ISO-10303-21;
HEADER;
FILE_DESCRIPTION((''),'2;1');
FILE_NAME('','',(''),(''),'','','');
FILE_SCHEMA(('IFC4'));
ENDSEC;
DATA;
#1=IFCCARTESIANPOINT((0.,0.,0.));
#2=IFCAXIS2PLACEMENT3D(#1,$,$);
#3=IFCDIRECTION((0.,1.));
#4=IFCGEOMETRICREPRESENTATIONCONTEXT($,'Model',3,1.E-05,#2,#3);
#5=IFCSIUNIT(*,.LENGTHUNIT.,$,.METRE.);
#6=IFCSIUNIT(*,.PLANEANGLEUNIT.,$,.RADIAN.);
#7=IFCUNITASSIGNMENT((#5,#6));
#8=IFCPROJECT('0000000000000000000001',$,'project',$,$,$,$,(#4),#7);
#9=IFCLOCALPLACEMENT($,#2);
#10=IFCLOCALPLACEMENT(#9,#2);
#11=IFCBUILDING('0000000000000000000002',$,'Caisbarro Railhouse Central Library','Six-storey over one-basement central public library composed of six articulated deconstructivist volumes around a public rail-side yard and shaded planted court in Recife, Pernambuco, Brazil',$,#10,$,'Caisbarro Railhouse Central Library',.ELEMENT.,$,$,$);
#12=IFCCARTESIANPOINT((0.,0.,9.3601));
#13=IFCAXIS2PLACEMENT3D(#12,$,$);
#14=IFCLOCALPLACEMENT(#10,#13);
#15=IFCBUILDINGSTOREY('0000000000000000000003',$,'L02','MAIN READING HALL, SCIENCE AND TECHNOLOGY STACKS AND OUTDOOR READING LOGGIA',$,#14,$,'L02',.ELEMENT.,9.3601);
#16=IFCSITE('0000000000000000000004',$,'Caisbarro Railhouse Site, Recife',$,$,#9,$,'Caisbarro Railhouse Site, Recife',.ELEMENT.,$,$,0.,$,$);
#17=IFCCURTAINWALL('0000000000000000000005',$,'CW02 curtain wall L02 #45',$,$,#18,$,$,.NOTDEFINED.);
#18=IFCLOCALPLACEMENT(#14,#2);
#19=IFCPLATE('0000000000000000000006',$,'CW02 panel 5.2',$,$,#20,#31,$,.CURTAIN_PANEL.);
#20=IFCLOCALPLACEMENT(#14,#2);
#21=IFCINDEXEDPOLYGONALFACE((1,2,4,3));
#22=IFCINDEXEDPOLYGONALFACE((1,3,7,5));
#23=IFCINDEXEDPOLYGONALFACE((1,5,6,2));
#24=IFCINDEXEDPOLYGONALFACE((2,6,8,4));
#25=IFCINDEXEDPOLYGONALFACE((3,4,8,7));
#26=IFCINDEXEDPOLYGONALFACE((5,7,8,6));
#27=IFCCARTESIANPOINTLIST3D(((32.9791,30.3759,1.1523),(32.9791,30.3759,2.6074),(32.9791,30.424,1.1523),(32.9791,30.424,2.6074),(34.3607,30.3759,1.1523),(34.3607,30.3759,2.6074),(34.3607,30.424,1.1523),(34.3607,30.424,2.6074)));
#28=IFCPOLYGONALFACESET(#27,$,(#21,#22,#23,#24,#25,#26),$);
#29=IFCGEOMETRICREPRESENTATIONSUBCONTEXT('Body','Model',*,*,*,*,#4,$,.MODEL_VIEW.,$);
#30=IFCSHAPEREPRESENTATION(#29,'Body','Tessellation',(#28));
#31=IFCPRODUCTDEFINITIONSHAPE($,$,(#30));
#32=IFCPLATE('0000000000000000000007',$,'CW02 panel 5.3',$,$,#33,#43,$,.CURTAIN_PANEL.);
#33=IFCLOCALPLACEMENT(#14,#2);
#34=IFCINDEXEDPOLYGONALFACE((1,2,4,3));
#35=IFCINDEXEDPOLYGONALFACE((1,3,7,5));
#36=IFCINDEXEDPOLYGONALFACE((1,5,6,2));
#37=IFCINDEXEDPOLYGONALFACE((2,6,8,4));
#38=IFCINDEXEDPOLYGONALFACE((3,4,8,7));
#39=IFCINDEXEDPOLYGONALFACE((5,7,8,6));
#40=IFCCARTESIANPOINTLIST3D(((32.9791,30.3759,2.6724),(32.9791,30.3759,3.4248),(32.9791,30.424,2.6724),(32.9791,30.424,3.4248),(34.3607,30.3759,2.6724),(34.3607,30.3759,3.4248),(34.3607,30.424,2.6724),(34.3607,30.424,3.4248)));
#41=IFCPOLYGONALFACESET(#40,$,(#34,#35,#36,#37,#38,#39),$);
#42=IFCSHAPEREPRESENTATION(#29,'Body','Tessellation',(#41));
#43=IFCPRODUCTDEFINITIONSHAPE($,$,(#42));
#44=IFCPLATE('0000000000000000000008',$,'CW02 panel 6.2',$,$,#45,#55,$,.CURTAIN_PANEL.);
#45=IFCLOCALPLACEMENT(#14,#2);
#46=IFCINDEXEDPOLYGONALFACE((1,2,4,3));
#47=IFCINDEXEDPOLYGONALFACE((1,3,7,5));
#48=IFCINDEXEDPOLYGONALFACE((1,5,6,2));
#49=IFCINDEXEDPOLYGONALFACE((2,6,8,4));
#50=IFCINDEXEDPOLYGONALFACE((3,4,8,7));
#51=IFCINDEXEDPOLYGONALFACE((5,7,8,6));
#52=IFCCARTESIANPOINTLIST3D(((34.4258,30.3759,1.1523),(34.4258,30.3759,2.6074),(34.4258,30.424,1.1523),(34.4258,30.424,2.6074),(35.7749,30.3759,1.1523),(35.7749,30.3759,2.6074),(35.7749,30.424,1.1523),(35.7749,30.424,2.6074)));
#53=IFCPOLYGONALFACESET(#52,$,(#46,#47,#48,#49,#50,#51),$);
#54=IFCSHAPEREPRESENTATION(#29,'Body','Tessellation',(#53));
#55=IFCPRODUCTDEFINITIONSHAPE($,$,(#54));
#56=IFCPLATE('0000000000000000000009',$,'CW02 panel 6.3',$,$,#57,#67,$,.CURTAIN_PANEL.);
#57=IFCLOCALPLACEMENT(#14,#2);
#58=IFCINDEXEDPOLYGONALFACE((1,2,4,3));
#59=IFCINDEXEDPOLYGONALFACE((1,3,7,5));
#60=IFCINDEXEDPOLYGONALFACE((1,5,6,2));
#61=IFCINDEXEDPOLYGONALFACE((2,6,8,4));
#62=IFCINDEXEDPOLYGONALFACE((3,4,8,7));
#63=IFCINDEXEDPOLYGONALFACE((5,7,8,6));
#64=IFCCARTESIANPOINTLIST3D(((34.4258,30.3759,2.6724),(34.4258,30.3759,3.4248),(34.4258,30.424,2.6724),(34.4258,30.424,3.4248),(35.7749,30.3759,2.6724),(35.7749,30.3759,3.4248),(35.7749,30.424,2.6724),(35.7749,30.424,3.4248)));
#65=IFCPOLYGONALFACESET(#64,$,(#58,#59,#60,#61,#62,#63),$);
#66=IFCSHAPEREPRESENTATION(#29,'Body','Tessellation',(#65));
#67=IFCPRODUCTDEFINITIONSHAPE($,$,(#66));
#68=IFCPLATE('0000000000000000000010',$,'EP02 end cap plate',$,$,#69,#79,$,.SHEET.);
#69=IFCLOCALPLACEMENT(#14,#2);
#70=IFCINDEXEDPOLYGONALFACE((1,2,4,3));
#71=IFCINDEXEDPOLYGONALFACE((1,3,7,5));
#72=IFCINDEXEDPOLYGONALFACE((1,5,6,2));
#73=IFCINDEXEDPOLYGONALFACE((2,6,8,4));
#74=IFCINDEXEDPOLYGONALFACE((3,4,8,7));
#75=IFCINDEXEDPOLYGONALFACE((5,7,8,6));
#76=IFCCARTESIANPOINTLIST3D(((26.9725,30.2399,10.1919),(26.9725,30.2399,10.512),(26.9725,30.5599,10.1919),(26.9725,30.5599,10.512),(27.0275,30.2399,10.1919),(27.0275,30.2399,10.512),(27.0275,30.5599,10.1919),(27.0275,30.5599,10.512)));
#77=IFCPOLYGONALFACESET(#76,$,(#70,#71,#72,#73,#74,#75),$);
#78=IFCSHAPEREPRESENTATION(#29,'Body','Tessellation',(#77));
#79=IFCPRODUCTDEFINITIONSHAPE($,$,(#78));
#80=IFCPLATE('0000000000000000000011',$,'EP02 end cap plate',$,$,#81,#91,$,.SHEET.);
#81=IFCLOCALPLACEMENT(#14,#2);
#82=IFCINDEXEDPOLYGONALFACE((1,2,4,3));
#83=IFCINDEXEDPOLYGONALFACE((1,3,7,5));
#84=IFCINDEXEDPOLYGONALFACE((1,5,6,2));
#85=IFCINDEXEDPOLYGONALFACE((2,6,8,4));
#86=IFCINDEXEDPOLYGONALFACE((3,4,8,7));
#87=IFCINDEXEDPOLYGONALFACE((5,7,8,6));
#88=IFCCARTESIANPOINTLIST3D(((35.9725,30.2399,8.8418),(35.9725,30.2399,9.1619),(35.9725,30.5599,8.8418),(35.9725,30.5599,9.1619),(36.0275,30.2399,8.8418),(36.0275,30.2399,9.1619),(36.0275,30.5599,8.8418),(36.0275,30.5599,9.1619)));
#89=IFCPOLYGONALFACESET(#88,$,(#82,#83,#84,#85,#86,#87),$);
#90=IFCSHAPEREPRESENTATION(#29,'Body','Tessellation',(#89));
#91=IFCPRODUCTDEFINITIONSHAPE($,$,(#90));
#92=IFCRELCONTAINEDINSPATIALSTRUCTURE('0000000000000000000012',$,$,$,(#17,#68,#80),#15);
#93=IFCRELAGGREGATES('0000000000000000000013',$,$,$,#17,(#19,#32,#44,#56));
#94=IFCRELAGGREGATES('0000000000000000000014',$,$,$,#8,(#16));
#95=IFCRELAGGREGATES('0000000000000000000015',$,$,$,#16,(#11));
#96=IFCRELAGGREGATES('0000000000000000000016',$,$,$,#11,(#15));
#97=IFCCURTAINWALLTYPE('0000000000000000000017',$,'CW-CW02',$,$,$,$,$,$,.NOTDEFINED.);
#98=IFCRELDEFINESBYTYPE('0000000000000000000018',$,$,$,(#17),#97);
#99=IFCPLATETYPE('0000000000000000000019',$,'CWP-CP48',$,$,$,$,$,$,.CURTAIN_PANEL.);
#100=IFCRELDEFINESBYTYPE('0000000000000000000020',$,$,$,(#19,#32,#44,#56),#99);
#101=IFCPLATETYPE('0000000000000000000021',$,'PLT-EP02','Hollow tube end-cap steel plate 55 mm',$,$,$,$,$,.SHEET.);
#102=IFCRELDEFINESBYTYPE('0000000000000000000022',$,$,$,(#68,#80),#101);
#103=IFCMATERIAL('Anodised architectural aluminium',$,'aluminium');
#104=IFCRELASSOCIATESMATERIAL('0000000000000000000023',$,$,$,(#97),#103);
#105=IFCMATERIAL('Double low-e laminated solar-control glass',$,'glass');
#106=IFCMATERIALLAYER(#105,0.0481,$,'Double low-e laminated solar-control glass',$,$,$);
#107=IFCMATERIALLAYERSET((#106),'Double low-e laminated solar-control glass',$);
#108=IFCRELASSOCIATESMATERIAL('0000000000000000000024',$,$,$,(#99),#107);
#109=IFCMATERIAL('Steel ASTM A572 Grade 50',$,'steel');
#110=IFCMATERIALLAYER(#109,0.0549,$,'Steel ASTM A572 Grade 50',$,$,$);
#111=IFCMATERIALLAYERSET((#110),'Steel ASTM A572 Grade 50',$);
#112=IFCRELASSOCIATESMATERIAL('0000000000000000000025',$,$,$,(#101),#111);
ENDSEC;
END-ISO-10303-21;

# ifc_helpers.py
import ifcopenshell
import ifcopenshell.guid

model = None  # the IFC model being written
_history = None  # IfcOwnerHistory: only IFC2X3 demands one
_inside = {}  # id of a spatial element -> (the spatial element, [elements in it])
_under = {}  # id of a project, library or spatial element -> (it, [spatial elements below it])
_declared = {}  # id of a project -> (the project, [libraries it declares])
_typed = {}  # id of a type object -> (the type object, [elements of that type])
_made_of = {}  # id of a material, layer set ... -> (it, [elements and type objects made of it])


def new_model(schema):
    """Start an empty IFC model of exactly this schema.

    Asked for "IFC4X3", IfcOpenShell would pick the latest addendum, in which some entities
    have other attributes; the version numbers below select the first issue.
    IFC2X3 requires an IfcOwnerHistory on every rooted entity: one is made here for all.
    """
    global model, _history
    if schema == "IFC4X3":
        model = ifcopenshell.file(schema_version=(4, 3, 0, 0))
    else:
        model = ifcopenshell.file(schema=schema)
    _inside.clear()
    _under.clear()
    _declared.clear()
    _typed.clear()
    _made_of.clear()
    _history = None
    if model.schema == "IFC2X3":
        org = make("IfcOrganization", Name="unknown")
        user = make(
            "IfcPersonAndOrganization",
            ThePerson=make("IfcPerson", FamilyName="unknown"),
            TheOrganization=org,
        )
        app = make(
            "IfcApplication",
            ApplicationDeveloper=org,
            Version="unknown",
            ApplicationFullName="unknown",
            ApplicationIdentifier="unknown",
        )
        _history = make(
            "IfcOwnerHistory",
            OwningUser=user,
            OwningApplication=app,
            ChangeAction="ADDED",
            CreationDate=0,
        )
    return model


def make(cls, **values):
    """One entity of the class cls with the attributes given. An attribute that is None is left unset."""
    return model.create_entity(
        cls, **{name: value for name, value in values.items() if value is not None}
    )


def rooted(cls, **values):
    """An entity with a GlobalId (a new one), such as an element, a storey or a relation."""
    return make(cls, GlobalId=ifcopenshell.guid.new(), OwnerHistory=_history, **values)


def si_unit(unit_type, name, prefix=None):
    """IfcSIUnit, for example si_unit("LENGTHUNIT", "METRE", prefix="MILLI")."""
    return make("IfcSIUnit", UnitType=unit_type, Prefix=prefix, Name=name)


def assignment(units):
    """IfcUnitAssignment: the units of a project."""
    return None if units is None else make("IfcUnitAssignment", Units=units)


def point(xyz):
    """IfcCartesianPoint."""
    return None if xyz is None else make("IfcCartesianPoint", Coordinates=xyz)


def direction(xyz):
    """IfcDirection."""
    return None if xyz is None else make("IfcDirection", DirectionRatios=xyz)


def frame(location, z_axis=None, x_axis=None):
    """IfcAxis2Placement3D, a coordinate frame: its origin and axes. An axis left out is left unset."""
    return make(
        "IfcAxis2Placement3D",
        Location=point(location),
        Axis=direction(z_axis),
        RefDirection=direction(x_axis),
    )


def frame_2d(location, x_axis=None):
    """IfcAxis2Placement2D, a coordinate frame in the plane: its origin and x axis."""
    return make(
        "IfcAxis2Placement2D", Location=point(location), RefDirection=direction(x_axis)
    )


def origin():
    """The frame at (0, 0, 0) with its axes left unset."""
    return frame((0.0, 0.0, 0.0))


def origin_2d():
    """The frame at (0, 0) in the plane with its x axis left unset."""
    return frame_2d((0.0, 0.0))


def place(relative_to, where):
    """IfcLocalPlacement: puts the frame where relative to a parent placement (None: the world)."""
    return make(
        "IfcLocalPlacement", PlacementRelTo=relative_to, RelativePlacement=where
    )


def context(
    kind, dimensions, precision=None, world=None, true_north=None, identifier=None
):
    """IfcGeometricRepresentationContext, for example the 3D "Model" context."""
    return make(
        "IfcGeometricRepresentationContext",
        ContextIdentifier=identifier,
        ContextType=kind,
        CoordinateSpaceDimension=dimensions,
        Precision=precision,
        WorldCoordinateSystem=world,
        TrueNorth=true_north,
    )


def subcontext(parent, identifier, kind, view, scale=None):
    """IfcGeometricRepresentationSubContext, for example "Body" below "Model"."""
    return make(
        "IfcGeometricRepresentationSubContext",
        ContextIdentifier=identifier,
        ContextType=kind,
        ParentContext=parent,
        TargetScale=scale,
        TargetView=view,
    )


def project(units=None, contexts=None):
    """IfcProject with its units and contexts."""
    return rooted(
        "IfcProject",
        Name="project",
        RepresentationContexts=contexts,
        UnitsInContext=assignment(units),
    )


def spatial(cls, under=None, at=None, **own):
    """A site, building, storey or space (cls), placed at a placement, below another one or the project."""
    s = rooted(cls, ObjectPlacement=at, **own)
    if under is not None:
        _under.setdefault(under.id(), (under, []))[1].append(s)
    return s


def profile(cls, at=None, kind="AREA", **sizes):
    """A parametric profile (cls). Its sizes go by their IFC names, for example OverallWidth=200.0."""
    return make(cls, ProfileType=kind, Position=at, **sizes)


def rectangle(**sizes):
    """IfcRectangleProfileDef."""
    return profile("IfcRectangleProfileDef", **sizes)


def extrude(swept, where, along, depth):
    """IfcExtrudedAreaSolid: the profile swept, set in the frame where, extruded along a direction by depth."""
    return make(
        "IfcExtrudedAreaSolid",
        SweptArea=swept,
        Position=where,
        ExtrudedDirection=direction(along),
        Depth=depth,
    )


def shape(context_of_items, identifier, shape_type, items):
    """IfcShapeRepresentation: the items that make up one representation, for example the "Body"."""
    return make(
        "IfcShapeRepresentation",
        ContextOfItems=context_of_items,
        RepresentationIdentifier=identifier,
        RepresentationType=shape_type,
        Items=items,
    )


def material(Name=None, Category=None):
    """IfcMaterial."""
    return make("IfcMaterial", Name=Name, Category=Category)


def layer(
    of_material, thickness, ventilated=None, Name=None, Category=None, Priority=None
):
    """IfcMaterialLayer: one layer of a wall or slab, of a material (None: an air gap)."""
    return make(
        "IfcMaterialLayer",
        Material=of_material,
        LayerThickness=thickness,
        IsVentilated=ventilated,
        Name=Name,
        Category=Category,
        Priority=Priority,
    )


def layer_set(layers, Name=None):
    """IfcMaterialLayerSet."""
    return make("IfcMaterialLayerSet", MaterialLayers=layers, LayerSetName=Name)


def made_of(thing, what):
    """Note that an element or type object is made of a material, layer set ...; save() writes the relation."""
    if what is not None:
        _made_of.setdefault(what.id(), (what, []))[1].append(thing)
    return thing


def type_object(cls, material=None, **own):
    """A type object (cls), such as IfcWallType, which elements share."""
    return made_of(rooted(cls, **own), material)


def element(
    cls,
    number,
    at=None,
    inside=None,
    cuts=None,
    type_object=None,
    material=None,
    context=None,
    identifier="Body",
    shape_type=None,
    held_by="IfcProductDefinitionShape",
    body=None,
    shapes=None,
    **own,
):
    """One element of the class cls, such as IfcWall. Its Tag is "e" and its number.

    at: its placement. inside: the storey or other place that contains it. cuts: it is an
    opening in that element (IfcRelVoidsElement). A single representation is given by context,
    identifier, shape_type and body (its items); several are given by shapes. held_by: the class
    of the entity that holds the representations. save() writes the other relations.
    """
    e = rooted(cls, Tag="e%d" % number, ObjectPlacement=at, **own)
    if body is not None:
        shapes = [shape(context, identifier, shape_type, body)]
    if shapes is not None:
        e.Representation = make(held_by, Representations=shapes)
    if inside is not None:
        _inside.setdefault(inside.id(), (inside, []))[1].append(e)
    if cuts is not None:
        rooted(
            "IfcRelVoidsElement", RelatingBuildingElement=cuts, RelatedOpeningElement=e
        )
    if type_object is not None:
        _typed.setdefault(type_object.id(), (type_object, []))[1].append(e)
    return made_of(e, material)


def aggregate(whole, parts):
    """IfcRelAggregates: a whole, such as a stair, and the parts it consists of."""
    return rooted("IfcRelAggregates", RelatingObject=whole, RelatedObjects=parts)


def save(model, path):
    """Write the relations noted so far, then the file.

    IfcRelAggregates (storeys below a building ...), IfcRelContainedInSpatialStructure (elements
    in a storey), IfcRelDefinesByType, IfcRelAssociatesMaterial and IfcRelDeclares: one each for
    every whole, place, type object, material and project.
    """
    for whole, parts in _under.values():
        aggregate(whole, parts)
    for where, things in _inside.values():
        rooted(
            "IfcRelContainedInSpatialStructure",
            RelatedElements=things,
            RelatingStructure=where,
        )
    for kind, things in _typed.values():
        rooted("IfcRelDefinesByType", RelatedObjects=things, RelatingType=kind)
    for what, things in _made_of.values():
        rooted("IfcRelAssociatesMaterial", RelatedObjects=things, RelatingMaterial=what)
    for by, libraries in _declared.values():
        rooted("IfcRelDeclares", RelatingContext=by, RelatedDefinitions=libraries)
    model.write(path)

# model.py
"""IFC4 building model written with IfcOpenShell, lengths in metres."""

from ifc_helpers import new_model, si_unit, direction, frame, origin, origin_2d, place, context, subcontext, project, spatial, rectangle, extrude, material, layer, layer_set, type_object, element, aggregate, save


model = new_model("IFC4")

# Units and contexts
model_context = context("Model", 3, precision=1e-05, world=origin(), true_north=direction((0.0, 1.0)))
body_context = subcontext(model_context, "Body", "Model", "MODEL_VIEW")
ifc_project = project(units=[si_unit("LENGTHUNIT", "METRE"), si_unit("PLANEANGLEUNIT", "RADIAN")], contexts=[model_context])

# Site, building, storey
site_placement = place(None, origin())
site = spatial("IfcSite", under=ifc_project, at=site_placement, Name="Caisbarro Railhouse Site, Recife", LongName="Caisbarro Railhouse Site, Recife", CompositionType="ELEMENT", RefElevation=0.0)
building_placement = place(site_placement, origin())
building = spatial("IfcBuilding", under=site, at=building_placement, Name="Caisbarro Railhouse Central Library", Description="Six-storey over one-basement central public library composed of six articulated deconstructivist volumes around a public rail-side yard and shaded planted court in Recife, Pernambuco, Brazil", LongName="Caisbarro Railhouse Central Library", CompositionType="ELEMENT")
storey_placement = place(building_placement, frame((0.0, 0.0, 9.3601)))
storey = spatial("IfcBuildingStorey", under=building, at=storey_placement, Name="L02", Description="MAIN READING HALL, SCIENCE AND TECHNOLOGY STACKS AND OUTDOOR READING LOGGIA", LongName="L02", CompositionType="ELEMENT", Elevation=9.3601)

# Curtain wall
ifc_material_1 = material(Name="Anodised architectural aluminium", Category="aluminium")
curtain_wall_type = type_object("IfcCurtainWallType", Name="CW-CW02", PredefinedType="NOTDEFINED", material=ifc_material_1)
curtain_wall_1_placement = place(storey_placement, origin())
curtain_wall_1 = element("IfcCurtainWall", 1, at=curtain_wall_1_placement, inside=storey, type_object=curtain_wall_type, Name="CW02 curtain wall L02 #45", PredefinedType="NOTDEFINED")

# Plates
ifc_material_2 = material(Name="Double low-e laminated solar-control glass", Category="glass")
ifc_layer_1 = layer(ifc_material_2, 0.0481, Name="Double low-e laminated solar-control glass")
ifc_layer_set_1 = layer_set([ifc_layer_1], Name="Double low-e laminated solar-control glass")
plate_type_1 = type_object("IfcPlateType", Name="CWP-CP48", PredefinedType="CURTAIN_PANEL", material=ifc_layer_set_1)
plate_1_placement = place(storey_placement, frame((33.6699, 30.3999, 1.1523), z_axis=(0.0, 0.0, 1.0), x_axis=(1.0, 0.0, 0.0)))
plate_1 = element("IfcPlate", 2, at=plate_1_placement, type_object=plate_type_1, Name="CW02 panel 5.2", PredefinedType="CURTAIN_PANEL", context=body_context, shape_type="SweptSolid", body=[
    extrude(rectangle(XDim=1.3816, YDim=0.0481, at=origin_2d()), origin(), (0.0, 0.0, 1.0), 1.4551),
])
plate_2_placement = place(storey_placement, frame((33.6699, 30.3999, 2.6724), z_axis=(0.0, 0.0, 1.0), x_axis=(1.0, 0.0, 0.0)))
plate_2 = element("IfcPlate", 3, at=plate_2_placement, type_object=plate_type_1, Name="CW02 panel 5.3", PredefinedType="CURTAIN_PANEL", context=body_context, shape_type="SweptSolid", body=[
    extrude(rectangle(XDim=1.3816, YDim=0.0481, at=origin_2d()), origin(), (0.0, 0.0, 1.0), 0.7524),
])
plate_3_placement = place(storey_placement, frame((35.1003, 30.3999, 1.1523), z_axis=(0.0, 0.0, 1.0), x_axis=(1.0, 0.0, 0.0)))
plate_3 = element("IfcPlate", 4, at=plate_3_placement, type_object=plate_type_1, Name="CW02 panel 6.2", PredefinedType="CURTAIN_PANEL", context=body_context, shape_type="SweptSolid", body=[
    extrude(rectangle(XDim=1.3491, YDim=0.0481, at=origin_2d()), origin(), (0.0, 0.0, 1.0), 1.4551),
])
plate_4_placement = place(storey_placement, frame((35.1003, 30.3999, 2.6724), z_axis=(0.0, 0.0, 1.0), x_axis=(1.0, 0.0, 0.0)))
plate_4 = element("IfcPlate", 5, at=plate_4_placement, type_object=plate_type_1, Name="CW02 panel 6.3", PredefinedType="CURTAIN_PANEL", context=body_context, shape_type="SweptSolid", body=[
    extrude(rectangle(XDim=1.3491, YDim=0.0481, at=origin_2d()), origin(), (0.0, 0.0, 1.0), 0.7524),
])
aggregate(curtain_wall_1, [plate_1, plate_2, plate_3, plate_4])

# Plates
ifc_material_3 = material(Name="Steel ASTM A572 Grade 50", Category="steel")
ifc_layer_2 = layer(ifc_material_3, 0.0549, Name="Steel ASTM A572 Grade 50")
ifc_layer_set_2 = layer_set([ifc_layer_2], Name="Steel ASTM A572 Grade 50")
plate_type_2 = type_object("IfcPlateType", Name="PLT-EP02", Description="Hollow tube end-cap steel plate 55 mm", PredefinedType="SHEET", material=ifc_layer_set_2)
for number, where, z_axis, x_axis, name in (
    (6, (27.0, 30.3999, 10.1919), (0.0, 0.0, 1.0), (1.0, 0.0, 0.0), "EP02 end cap plate"),
    (7, (36.0, 30.3999, 8.8418), (0.0, 0.0, 1.0), (1.0, 0.0, 0.0), "EP02 end cap plate"),
):
    element("IfcPlate", number, at=place(storey_placement, frame(where, z_axis=z_axis, x_axis=x_axis)), inside=storey, type_object=plate_type_2, Name=name, PredefinedType="SHEET", context=body_context, shape_type="SweptSolid", body=[
        extrude(rectangle(XDim=0.0549, YDim=0.3201, at=origin_2d()), origin(), (0.0, 0.0, 1.0), 0.3201),
    ])

save(model, "model.ifc")
